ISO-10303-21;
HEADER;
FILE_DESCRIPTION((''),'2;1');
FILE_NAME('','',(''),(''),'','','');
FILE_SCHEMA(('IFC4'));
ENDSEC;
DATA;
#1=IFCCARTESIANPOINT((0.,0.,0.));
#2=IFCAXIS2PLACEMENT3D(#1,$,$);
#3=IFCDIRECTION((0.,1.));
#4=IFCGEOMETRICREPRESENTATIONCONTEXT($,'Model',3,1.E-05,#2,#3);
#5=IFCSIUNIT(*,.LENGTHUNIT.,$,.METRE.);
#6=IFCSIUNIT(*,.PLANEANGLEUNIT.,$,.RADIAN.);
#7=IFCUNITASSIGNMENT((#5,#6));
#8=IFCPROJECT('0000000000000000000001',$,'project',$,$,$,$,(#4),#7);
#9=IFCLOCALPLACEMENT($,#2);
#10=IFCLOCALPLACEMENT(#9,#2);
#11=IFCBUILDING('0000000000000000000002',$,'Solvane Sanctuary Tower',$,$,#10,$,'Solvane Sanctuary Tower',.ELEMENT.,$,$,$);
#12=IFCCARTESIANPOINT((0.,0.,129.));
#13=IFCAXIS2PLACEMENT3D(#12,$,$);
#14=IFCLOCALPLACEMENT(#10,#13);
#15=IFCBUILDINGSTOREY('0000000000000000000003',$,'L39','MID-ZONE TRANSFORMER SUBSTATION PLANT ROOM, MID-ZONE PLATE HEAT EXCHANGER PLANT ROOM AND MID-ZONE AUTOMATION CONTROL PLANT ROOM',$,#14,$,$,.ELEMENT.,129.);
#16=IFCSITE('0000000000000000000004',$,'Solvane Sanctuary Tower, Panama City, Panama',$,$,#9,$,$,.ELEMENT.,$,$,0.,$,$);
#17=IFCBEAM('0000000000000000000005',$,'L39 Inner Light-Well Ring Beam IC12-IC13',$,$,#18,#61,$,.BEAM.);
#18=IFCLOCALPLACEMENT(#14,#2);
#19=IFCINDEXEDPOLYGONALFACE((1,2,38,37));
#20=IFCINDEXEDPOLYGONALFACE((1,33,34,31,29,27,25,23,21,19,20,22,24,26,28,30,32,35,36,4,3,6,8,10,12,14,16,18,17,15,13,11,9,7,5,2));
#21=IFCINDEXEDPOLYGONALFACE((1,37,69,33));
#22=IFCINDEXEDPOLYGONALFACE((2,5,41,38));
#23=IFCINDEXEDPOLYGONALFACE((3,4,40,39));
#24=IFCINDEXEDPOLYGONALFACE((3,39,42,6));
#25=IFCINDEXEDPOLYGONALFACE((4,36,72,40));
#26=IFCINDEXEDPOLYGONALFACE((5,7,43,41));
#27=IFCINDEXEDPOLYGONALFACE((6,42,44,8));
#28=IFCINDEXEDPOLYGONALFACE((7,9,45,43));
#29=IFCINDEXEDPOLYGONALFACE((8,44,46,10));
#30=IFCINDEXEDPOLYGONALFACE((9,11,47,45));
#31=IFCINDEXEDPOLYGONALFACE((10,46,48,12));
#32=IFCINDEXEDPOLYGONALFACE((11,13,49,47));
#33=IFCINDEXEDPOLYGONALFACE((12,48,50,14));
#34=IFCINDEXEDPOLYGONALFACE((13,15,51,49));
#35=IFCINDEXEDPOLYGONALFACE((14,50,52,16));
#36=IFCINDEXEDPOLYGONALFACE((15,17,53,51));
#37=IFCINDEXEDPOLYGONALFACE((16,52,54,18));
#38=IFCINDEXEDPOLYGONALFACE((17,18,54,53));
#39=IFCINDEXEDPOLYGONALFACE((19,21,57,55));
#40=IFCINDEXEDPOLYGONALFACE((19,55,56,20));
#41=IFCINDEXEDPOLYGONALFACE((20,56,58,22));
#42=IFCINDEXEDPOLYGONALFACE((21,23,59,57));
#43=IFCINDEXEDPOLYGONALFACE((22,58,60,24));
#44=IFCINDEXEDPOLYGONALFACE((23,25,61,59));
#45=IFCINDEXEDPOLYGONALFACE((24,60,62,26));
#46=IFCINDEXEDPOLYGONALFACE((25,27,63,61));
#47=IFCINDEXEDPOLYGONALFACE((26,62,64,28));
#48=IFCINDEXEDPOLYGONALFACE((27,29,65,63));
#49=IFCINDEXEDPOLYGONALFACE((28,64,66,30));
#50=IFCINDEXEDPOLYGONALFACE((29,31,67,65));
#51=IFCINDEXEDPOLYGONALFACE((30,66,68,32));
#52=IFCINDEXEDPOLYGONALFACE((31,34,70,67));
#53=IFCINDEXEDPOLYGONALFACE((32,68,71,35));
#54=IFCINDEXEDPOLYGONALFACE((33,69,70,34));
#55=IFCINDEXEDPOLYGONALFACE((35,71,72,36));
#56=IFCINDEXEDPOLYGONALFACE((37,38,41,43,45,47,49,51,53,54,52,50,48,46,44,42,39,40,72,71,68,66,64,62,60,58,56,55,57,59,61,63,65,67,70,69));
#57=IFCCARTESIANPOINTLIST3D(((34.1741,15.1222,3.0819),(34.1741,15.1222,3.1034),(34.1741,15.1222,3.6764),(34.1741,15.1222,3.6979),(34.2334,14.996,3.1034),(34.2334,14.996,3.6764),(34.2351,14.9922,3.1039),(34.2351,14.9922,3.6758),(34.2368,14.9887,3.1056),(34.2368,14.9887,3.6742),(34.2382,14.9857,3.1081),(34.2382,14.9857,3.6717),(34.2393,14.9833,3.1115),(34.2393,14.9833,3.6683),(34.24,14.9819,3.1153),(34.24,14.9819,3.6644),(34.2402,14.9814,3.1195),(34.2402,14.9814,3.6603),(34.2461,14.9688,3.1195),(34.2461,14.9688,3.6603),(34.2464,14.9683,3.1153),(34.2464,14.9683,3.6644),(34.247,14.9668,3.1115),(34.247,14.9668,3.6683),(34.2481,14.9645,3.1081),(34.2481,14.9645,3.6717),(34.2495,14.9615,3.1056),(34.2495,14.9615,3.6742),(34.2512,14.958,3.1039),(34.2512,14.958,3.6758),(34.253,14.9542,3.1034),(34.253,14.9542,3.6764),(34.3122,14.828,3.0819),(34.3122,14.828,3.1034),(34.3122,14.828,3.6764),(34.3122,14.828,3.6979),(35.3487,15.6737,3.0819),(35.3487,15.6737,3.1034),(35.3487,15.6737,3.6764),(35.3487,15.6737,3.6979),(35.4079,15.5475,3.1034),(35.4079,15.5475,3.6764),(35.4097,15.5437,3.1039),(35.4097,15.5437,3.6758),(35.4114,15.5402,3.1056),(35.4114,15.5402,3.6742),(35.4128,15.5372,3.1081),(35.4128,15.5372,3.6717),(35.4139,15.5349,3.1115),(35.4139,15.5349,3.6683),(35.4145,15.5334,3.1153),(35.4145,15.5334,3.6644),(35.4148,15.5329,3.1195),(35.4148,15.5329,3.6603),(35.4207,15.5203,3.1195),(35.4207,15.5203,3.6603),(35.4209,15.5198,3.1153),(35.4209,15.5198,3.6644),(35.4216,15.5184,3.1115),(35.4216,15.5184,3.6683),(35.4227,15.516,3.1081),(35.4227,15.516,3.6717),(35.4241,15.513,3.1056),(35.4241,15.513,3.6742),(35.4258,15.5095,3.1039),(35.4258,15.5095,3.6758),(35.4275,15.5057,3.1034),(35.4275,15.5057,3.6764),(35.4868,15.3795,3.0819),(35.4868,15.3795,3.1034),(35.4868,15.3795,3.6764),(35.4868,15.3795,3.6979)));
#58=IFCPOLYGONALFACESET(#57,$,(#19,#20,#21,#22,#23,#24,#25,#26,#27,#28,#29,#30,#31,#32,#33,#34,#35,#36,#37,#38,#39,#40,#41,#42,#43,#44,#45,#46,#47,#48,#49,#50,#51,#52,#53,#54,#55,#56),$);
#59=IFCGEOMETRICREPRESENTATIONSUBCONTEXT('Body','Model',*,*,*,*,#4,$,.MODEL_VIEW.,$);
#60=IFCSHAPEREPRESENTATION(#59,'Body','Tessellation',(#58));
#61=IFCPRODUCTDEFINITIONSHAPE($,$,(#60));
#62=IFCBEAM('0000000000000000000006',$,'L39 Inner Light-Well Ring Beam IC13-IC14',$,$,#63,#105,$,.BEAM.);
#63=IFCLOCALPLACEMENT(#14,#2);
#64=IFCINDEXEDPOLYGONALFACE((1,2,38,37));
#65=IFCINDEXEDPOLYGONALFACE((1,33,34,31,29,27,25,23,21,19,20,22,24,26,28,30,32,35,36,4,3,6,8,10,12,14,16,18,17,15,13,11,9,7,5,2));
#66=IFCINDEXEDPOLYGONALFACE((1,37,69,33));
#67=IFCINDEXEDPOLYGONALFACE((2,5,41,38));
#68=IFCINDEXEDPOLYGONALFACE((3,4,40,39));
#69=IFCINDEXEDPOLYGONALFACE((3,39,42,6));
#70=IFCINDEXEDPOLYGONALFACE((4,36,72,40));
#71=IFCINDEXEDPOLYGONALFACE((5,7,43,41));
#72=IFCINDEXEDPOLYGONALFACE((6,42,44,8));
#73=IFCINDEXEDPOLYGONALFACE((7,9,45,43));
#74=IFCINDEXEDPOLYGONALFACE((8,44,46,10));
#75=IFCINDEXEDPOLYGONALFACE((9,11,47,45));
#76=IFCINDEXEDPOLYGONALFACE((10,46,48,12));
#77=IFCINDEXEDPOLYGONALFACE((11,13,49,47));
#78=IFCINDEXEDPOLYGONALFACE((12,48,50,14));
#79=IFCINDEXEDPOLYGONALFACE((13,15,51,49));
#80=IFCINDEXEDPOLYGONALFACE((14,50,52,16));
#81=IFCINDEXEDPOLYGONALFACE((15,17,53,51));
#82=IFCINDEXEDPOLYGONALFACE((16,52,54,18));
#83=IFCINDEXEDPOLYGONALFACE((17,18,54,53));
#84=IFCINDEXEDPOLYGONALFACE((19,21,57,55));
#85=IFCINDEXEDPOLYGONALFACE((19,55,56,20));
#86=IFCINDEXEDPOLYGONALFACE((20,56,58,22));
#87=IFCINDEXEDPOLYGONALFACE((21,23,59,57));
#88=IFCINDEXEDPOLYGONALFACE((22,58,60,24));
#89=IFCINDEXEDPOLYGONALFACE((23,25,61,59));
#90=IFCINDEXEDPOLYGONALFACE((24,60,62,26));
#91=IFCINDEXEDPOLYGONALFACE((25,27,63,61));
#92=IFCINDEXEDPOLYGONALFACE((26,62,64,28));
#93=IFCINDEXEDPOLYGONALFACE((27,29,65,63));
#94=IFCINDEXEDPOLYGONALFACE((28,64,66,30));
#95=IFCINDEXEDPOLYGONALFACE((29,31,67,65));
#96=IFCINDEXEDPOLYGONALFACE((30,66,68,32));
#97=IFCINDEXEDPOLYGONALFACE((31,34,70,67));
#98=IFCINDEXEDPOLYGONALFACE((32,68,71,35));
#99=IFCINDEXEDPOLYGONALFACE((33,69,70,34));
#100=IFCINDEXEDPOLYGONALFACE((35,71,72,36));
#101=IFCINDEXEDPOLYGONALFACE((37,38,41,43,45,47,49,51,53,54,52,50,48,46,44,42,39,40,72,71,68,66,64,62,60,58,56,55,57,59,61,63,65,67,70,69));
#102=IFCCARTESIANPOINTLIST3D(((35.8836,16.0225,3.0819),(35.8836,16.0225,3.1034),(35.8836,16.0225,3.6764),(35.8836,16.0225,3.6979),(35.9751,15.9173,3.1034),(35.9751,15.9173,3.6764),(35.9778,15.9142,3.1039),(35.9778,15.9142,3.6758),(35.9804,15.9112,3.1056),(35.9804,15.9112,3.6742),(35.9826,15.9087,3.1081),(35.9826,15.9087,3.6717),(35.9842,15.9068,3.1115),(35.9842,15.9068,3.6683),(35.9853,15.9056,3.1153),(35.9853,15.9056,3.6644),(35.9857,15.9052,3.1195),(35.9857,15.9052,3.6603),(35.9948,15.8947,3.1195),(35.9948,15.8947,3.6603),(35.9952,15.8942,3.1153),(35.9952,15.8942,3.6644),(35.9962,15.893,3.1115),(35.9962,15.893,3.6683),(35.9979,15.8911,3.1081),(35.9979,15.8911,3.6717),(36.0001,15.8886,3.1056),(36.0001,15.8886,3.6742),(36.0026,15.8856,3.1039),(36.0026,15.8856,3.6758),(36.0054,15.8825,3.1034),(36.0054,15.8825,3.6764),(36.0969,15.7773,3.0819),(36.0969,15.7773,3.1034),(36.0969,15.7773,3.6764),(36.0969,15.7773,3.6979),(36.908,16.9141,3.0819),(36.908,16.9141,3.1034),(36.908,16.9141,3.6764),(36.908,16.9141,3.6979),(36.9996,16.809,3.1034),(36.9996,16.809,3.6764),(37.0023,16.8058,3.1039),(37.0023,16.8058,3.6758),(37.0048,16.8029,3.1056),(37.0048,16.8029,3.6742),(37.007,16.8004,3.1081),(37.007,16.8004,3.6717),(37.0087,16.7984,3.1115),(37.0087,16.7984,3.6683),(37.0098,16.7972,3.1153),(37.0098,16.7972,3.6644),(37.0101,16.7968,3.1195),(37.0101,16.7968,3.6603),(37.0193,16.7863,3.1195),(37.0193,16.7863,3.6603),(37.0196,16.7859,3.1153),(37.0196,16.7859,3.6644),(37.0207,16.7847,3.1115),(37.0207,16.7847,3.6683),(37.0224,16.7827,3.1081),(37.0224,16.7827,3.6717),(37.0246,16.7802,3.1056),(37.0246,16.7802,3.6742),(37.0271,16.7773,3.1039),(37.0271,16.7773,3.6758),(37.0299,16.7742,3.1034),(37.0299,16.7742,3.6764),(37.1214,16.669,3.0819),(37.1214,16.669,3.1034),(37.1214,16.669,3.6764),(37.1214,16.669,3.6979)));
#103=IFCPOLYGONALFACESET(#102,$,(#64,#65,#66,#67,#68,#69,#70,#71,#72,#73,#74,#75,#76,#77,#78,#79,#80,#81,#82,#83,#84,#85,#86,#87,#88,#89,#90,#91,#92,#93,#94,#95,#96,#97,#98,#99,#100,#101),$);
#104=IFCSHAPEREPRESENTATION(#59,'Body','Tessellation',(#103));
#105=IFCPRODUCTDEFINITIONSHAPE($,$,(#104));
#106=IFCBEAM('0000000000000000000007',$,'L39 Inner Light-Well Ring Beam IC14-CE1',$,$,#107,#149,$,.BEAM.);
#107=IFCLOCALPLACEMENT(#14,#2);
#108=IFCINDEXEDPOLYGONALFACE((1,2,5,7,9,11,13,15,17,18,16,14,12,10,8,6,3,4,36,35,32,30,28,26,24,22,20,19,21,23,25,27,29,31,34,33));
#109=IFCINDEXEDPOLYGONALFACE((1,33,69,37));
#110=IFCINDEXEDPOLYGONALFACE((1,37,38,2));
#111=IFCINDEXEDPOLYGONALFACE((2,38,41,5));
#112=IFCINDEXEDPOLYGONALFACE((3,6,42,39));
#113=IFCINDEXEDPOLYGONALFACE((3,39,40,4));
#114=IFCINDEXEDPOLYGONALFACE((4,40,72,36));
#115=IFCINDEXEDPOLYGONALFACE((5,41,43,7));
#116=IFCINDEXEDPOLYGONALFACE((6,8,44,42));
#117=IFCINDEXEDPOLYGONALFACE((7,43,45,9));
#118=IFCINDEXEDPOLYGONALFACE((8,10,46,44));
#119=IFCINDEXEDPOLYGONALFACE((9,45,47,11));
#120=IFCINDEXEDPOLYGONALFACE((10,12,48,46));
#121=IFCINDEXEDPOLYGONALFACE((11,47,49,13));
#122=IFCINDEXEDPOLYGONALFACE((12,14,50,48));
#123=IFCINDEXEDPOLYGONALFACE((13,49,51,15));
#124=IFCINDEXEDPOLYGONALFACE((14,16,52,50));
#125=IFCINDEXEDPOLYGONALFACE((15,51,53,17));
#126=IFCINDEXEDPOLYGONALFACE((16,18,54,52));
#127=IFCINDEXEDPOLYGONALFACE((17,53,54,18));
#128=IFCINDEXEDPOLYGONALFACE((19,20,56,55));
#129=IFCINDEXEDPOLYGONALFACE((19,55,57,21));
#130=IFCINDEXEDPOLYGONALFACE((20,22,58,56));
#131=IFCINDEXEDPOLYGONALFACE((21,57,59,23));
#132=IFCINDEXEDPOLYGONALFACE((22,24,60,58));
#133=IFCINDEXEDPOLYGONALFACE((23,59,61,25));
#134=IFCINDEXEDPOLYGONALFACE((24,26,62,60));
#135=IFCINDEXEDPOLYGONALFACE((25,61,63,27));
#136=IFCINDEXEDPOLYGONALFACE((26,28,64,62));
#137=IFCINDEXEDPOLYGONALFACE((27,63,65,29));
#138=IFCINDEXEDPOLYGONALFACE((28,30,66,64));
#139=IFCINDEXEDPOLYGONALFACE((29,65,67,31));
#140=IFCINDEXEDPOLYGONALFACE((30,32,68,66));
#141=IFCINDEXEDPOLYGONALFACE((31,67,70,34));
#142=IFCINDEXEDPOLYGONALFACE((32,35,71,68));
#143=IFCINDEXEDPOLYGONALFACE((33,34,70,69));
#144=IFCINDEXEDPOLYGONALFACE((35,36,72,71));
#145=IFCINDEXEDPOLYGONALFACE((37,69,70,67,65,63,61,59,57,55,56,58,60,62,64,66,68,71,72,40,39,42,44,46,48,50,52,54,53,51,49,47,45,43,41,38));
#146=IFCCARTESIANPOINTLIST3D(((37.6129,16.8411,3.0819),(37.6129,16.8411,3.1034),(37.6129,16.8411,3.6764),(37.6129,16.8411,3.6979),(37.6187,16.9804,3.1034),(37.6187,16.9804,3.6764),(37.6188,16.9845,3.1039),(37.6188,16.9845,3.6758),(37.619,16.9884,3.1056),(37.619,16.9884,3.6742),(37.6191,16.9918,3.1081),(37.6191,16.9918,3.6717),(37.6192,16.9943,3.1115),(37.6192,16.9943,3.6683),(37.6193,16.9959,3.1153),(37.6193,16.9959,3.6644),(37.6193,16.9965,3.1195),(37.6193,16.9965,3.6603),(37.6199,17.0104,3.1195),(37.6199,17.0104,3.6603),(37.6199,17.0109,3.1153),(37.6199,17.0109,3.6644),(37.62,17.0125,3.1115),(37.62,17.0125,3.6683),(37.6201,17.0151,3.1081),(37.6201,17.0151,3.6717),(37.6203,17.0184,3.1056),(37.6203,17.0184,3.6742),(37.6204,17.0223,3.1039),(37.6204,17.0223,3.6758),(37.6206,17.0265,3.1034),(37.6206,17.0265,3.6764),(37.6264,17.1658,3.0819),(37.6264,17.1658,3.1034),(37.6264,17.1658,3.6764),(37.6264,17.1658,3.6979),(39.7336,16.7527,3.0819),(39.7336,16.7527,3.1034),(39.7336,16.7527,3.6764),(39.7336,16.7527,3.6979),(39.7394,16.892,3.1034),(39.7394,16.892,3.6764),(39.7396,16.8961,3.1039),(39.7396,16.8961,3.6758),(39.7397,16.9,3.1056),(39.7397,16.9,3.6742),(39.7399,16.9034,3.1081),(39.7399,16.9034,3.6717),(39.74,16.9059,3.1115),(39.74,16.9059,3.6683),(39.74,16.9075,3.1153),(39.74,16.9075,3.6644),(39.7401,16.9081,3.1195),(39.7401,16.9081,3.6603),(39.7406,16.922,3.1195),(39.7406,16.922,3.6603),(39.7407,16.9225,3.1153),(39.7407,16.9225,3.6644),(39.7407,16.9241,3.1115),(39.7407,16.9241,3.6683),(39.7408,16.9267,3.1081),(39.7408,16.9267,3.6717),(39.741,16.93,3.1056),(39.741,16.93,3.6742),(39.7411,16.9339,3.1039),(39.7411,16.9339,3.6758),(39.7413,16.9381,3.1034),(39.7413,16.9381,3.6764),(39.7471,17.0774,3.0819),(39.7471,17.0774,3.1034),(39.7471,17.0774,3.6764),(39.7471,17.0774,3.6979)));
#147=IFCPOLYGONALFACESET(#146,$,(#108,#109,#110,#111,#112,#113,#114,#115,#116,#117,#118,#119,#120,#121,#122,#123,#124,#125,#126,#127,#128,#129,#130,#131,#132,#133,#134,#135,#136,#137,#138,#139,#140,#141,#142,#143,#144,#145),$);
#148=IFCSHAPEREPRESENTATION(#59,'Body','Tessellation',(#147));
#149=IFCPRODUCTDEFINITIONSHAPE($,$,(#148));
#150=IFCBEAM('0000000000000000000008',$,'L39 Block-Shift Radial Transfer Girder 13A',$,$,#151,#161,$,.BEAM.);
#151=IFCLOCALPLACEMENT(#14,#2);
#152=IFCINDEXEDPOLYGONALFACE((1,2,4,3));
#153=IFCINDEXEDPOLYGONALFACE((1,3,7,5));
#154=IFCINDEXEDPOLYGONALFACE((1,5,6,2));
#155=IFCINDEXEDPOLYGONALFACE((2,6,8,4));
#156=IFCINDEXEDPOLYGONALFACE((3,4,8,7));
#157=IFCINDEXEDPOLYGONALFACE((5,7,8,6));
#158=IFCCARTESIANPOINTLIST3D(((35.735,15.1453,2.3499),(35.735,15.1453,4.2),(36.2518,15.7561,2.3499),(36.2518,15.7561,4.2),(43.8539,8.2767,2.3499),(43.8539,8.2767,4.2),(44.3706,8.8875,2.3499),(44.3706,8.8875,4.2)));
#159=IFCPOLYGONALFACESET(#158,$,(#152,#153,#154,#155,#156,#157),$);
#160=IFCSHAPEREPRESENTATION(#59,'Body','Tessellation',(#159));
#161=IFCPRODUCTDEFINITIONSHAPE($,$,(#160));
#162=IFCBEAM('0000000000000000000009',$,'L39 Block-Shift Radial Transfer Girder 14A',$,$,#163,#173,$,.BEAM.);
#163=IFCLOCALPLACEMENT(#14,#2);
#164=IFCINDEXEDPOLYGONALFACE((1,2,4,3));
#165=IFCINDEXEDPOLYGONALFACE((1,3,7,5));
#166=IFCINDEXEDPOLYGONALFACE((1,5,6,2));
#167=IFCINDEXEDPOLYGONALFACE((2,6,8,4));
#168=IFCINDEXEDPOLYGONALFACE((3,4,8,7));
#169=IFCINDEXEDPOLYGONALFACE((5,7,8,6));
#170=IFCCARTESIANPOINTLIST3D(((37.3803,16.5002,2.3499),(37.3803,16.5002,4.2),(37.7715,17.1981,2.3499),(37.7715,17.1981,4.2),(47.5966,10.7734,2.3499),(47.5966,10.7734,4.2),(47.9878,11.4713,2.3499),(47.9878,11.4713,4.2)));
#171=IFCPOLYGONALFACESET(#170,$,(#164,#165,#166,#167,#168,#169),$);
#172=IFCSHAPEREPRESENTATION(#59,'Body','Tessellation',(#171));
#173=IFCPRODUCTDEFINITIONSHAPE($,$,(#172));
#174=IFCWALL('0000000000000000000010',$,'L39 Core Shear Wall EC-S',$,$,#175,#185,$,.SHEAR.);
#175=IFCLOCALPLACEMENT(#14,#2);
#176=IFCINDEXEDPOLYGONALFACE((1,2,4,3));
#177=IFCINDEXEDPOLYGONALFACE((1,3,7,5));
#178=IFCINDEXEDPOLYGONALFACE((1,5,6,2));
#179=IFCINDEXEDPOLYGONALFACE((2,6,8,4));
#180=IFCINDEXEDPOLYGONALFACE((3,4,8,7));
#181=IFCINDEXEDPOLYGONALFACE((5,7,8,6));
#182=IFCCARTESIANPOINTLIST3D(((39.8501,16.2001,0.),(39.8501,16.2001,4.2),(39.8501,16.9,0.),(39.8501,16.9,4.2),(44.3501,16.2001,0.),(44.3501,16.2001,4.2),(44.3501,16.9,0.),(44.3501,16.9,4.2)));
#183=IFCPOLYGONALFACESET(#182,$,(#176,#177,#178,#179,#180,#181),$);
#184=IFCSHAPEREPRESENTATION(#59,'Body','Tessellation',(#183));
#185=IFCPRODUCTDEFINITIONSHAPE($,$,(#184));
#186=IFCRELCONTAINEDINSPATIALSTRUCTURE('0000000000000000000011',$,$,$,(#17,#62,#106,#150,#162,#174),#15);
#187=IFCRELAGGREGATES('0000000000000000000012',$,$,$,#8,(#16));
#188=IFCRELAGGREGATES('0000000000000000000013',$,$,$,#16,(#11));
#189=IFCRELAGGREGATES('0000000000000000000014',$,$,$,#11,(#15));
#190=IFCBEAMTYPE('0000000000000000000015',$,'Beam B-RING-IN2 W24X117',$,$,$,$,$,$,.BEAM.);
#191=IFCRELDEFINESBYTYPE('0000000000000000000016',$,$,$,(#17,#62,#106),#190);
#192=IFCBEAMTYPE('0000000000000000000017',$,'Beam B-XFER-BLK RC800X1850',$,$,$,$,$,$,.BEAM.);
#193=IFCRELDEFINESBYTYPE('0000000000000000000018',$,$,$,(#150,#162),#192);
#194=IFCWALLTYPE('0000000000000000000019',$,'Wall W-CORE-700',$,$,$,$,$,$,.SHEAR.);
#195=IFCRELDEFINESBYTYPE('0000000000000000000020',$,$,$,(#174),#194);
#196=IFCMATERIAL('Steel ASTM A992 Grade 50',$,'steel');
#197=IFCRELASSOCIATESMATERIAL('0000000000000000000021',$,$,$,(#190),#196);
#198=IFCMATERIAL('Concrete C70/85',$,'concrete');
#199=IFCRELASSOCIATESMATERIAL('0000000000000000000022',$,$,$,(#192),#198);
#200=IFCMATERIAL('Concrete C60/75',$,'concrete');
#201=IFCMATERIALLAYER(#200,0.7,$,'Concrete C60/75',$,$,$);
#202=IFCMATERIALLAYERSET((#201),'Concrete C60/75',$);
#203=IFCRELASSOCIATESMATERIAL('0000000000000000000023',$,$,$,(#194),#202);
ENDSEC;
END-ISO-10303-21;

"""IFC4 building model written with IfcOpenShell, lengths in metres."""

from ifc_helpers import new_model, si_unit, direction, frame, frame_2d, origin, origin_2d, place, context, subcontext, project, spatial, rectangle, i_section, extrude, material, layer, layer_set, material_profile, profile_set, type_object, element, save


model = new_model("IFC4")

# Units and contexts
model_context = context("Model", 3, precision=1e-05, world=origin(), true_north=direction((0.0, 1.0)))
body_context = subcontext(model_context, "Body", "Model", "MODEL_VIEW")
ifc_project = project(units=[si_unit("LENGTHUNIT", "METRE"), si_unit("PLANEANGLEUNIT", "RADIAN")], contexts=[model_context])

# Site, building, storey
site_placement = place(None, origin())
site = spatial("IfcSite", under=ifc_project, at=site_placement, Name="Solvane Sanctuary Tower, Panama City, Panama", CompositionType="ELEMENT", RefElevation=0.0)
building_placement = place(site_placement, origin())
building = spatial("IfcBuilding", under=site, at=building_placement, Name="Solvane Sanctuary Tower", LongName="Solvane Sanctuary Tower", CompositionType="ELEMENT")
storey_placement = place(building_placement, frame((0.0, 0.0, 129.0)))
storey = spatial("IfcBuildingStorey", under=building, at=storey_placement, Name="L39", Description="MID-ZONE TRANSFORMER SUBSTATION PLANT ROOM, MID-ZONE PLATE HEAT EXCHANGER PLANT ROOM AND MID-ZONE AUTOMATION CONTROL PLANT ROOM", CompositionType="ELEMENT", Elevation=129.0)

# Shared definitions
ifc_material_1 = material(Name="Concrete C70/85", Category="concrete")

# Beams
ifc_material_2 = material(Name="Steel ASTM A992 Grade 50", Category="steel")
ifc_material_profile_1 = material_profile(ifc_material_2, i_section(OverallWidth=0.325, OverallDepth=0.616, WebThickness=0.0139, FlangeThickness=0.0215, FilletRadius=0.0161, at=origin_2d()), Name="W24X117")
ifc_profile_set_1 = profile_set([ifc_material_profile_1], Name="Steel ASTM A992 Grade 50")
beam_type_1 = type_object("IfcBeamType", Name="Beam B-RING-IN2 W24X117", PredefinedType="BEAM", material=ifc_profile_set_1)
beam_1_placement = place(storey_placement, frame((34.2432, 14.9751, 3.3899), z_axis=(0.905181, 0.425027, 0.0), x_axis=(-0.425027, 0.905181, 0.0)))
element("IfcBeam", 1, at=beam_1_placement, inside=storey, type_object=beam_type_1, Name="L39 Inner Light-Well Ring Beam IC12-IC13", PredefinedType="BEAM", context=body_context, shape_type="SweptSolid", body=[
    extrude(i_section(OverallWidth=0.325, OverallDepth=0.616, WebThickness=0.0139, FlangeThickness=0.0215, FilletRadius=0.0161, at=origin_2d()), origin(), (0.0, 0.0, 1.0), 1.2976),
])
beam_2_placement = place(storey_placement, frame((35.9902, 15.8999, 3.3899), z_axis=(0.754311, 0.656517, 0.0), x_axis=(-0.656517, 0.754311, 0.0)))
element("IfcBeam", 2, at=beam_2_placement, inside=storey, type_object=beam_type_1, Name="L39 Inner Light-Well Ring Beam IC13-IC14", PredefinedType="BEAM", context=body_context, shape_type="SweptSolid", body=[
    extrude(i_section(OverallWidth=0.325, OverallDepth=0.616, WebThickness=0.0139, FlangeThickness=0.0215, FilletRadius=0.0161, at=origin_2d()), origin(), (0.0, 0.0, 1.0), 1.3582),
])
beam_3_placement = place(storey_placement, frame((37.6196, 17.0034, 3.3899), z_axis=(0.999133, -0.04164, 0.0), x_axis=(0.04164, 0.999133, 0.0)))
element("IfcBeam", 3, at=beam_3_placement, inside=storey, type_object=beam_type_1, Name="L39 Inner Light-Well Ring Beam IC14-CE1", PredefinedType="BEAM", context=body_context, shape_type="SweptSolid", body=[
    extrude(i_section(OverallWidth=0.325, OverallDepth=0.616, WebThickness=0.0139, FlangeThickness=0.0215, FilletRadius=0.0161, at=origin_2d()), origin(), (0.0, 0.0, 1.0), 2.1226),
])
ifc_material_profile_2 = material_profile(ifc_material_1, rectangle(XDim=0.8, YDim=1.8501, at=origin_2d()), Name="RC800X1850")
ifc_profile_set_2 = profile_set([ifc_material_profile_2], Name="Concrete C70/85")
beam_type_2 = type_object("IfcBeamType", Name="Beam B-XFER-BLK RC800X1850", PredefinedType="BEAM", material=ifc_profile_set_2)
beam_4_placement = place(storey_placement, frame((35.9934, 15.4507, 3.2749), z_axis=(0.763441, -0.645877, 0.0), x_axis=(0.645877, 0.763441, 0.0)))
element("IfcBeam", 4, at=beam_4_placement, inside=storey, type_object=beam_type_2, Name="L39 Block-Shift Radial Transfer Girder 13A", PredefinedType="BEAM", context=body_context, shape_type="SweptSolid", body=[
    extrude(rectangle(XDim=0.8, YDim=1.8501, at=origin_2d()), origin(), (0.0, 0.0, 1.0), 10.6345),
])
beam_5_placement = place(storey_placement, frame((37.5759, 16.8491, 3.2749), z_axis=(0.872299, -0.488972, 0.0), x_axis=(0.488972, 0.872299, 0.0)))
element("IfcBeam", 5, at=beam_5_placement, inside=storey, type_object=beam_type_2, Name="L39 Block-Shift Radial Transfer Girder 14A", PredefinedType="BEAM", context=body_context, shape_type="SweptSolid", body=[
    extrude(rectangle(XDim=0.8, YDim=1.8501, at=origin_2d()), origin(), (0.0, 0.0, 1.0), 11.7119),
])

# Wall
ifc_material_3 = material(Name="Concrete C60/75", Category="concrete")
ifc_layer_1 = layer(ifc_material_3, 0.7, Name="Concrete C60/75")
ifc_layer_set_1 = layer_set([ifc_layer_1], Name="Concrete C60/75")
wall_type_1 = type_object("IfcWallType", Name="Wall W-CORE-700", PredefinedType="SHEAR", material=ifc_layer_set_1)
wall_1_placement = place(storey_placement, frame((39.8501, 16.55, 0.0), z_axis=(0.0, 0.0, 1.0), x_axis=(1.0, 0.0, 0.0)))
element("IfcWall", 6, at=wall_1_placement, inside=storey, type_object=wall_type_1, Name="L39 Core Shear Wall EC-S", PredefinedType="SHEAR", context=body_context, shape_type="SweptSolid", body=[
    extrude(rectangle(XDim=4.5, YDim=0.7, at=frame_2d((2.25, 0.0))), origin(), (0.0, 0.0, 1.0), 4.2),
])

save(model, "model.ifc")
